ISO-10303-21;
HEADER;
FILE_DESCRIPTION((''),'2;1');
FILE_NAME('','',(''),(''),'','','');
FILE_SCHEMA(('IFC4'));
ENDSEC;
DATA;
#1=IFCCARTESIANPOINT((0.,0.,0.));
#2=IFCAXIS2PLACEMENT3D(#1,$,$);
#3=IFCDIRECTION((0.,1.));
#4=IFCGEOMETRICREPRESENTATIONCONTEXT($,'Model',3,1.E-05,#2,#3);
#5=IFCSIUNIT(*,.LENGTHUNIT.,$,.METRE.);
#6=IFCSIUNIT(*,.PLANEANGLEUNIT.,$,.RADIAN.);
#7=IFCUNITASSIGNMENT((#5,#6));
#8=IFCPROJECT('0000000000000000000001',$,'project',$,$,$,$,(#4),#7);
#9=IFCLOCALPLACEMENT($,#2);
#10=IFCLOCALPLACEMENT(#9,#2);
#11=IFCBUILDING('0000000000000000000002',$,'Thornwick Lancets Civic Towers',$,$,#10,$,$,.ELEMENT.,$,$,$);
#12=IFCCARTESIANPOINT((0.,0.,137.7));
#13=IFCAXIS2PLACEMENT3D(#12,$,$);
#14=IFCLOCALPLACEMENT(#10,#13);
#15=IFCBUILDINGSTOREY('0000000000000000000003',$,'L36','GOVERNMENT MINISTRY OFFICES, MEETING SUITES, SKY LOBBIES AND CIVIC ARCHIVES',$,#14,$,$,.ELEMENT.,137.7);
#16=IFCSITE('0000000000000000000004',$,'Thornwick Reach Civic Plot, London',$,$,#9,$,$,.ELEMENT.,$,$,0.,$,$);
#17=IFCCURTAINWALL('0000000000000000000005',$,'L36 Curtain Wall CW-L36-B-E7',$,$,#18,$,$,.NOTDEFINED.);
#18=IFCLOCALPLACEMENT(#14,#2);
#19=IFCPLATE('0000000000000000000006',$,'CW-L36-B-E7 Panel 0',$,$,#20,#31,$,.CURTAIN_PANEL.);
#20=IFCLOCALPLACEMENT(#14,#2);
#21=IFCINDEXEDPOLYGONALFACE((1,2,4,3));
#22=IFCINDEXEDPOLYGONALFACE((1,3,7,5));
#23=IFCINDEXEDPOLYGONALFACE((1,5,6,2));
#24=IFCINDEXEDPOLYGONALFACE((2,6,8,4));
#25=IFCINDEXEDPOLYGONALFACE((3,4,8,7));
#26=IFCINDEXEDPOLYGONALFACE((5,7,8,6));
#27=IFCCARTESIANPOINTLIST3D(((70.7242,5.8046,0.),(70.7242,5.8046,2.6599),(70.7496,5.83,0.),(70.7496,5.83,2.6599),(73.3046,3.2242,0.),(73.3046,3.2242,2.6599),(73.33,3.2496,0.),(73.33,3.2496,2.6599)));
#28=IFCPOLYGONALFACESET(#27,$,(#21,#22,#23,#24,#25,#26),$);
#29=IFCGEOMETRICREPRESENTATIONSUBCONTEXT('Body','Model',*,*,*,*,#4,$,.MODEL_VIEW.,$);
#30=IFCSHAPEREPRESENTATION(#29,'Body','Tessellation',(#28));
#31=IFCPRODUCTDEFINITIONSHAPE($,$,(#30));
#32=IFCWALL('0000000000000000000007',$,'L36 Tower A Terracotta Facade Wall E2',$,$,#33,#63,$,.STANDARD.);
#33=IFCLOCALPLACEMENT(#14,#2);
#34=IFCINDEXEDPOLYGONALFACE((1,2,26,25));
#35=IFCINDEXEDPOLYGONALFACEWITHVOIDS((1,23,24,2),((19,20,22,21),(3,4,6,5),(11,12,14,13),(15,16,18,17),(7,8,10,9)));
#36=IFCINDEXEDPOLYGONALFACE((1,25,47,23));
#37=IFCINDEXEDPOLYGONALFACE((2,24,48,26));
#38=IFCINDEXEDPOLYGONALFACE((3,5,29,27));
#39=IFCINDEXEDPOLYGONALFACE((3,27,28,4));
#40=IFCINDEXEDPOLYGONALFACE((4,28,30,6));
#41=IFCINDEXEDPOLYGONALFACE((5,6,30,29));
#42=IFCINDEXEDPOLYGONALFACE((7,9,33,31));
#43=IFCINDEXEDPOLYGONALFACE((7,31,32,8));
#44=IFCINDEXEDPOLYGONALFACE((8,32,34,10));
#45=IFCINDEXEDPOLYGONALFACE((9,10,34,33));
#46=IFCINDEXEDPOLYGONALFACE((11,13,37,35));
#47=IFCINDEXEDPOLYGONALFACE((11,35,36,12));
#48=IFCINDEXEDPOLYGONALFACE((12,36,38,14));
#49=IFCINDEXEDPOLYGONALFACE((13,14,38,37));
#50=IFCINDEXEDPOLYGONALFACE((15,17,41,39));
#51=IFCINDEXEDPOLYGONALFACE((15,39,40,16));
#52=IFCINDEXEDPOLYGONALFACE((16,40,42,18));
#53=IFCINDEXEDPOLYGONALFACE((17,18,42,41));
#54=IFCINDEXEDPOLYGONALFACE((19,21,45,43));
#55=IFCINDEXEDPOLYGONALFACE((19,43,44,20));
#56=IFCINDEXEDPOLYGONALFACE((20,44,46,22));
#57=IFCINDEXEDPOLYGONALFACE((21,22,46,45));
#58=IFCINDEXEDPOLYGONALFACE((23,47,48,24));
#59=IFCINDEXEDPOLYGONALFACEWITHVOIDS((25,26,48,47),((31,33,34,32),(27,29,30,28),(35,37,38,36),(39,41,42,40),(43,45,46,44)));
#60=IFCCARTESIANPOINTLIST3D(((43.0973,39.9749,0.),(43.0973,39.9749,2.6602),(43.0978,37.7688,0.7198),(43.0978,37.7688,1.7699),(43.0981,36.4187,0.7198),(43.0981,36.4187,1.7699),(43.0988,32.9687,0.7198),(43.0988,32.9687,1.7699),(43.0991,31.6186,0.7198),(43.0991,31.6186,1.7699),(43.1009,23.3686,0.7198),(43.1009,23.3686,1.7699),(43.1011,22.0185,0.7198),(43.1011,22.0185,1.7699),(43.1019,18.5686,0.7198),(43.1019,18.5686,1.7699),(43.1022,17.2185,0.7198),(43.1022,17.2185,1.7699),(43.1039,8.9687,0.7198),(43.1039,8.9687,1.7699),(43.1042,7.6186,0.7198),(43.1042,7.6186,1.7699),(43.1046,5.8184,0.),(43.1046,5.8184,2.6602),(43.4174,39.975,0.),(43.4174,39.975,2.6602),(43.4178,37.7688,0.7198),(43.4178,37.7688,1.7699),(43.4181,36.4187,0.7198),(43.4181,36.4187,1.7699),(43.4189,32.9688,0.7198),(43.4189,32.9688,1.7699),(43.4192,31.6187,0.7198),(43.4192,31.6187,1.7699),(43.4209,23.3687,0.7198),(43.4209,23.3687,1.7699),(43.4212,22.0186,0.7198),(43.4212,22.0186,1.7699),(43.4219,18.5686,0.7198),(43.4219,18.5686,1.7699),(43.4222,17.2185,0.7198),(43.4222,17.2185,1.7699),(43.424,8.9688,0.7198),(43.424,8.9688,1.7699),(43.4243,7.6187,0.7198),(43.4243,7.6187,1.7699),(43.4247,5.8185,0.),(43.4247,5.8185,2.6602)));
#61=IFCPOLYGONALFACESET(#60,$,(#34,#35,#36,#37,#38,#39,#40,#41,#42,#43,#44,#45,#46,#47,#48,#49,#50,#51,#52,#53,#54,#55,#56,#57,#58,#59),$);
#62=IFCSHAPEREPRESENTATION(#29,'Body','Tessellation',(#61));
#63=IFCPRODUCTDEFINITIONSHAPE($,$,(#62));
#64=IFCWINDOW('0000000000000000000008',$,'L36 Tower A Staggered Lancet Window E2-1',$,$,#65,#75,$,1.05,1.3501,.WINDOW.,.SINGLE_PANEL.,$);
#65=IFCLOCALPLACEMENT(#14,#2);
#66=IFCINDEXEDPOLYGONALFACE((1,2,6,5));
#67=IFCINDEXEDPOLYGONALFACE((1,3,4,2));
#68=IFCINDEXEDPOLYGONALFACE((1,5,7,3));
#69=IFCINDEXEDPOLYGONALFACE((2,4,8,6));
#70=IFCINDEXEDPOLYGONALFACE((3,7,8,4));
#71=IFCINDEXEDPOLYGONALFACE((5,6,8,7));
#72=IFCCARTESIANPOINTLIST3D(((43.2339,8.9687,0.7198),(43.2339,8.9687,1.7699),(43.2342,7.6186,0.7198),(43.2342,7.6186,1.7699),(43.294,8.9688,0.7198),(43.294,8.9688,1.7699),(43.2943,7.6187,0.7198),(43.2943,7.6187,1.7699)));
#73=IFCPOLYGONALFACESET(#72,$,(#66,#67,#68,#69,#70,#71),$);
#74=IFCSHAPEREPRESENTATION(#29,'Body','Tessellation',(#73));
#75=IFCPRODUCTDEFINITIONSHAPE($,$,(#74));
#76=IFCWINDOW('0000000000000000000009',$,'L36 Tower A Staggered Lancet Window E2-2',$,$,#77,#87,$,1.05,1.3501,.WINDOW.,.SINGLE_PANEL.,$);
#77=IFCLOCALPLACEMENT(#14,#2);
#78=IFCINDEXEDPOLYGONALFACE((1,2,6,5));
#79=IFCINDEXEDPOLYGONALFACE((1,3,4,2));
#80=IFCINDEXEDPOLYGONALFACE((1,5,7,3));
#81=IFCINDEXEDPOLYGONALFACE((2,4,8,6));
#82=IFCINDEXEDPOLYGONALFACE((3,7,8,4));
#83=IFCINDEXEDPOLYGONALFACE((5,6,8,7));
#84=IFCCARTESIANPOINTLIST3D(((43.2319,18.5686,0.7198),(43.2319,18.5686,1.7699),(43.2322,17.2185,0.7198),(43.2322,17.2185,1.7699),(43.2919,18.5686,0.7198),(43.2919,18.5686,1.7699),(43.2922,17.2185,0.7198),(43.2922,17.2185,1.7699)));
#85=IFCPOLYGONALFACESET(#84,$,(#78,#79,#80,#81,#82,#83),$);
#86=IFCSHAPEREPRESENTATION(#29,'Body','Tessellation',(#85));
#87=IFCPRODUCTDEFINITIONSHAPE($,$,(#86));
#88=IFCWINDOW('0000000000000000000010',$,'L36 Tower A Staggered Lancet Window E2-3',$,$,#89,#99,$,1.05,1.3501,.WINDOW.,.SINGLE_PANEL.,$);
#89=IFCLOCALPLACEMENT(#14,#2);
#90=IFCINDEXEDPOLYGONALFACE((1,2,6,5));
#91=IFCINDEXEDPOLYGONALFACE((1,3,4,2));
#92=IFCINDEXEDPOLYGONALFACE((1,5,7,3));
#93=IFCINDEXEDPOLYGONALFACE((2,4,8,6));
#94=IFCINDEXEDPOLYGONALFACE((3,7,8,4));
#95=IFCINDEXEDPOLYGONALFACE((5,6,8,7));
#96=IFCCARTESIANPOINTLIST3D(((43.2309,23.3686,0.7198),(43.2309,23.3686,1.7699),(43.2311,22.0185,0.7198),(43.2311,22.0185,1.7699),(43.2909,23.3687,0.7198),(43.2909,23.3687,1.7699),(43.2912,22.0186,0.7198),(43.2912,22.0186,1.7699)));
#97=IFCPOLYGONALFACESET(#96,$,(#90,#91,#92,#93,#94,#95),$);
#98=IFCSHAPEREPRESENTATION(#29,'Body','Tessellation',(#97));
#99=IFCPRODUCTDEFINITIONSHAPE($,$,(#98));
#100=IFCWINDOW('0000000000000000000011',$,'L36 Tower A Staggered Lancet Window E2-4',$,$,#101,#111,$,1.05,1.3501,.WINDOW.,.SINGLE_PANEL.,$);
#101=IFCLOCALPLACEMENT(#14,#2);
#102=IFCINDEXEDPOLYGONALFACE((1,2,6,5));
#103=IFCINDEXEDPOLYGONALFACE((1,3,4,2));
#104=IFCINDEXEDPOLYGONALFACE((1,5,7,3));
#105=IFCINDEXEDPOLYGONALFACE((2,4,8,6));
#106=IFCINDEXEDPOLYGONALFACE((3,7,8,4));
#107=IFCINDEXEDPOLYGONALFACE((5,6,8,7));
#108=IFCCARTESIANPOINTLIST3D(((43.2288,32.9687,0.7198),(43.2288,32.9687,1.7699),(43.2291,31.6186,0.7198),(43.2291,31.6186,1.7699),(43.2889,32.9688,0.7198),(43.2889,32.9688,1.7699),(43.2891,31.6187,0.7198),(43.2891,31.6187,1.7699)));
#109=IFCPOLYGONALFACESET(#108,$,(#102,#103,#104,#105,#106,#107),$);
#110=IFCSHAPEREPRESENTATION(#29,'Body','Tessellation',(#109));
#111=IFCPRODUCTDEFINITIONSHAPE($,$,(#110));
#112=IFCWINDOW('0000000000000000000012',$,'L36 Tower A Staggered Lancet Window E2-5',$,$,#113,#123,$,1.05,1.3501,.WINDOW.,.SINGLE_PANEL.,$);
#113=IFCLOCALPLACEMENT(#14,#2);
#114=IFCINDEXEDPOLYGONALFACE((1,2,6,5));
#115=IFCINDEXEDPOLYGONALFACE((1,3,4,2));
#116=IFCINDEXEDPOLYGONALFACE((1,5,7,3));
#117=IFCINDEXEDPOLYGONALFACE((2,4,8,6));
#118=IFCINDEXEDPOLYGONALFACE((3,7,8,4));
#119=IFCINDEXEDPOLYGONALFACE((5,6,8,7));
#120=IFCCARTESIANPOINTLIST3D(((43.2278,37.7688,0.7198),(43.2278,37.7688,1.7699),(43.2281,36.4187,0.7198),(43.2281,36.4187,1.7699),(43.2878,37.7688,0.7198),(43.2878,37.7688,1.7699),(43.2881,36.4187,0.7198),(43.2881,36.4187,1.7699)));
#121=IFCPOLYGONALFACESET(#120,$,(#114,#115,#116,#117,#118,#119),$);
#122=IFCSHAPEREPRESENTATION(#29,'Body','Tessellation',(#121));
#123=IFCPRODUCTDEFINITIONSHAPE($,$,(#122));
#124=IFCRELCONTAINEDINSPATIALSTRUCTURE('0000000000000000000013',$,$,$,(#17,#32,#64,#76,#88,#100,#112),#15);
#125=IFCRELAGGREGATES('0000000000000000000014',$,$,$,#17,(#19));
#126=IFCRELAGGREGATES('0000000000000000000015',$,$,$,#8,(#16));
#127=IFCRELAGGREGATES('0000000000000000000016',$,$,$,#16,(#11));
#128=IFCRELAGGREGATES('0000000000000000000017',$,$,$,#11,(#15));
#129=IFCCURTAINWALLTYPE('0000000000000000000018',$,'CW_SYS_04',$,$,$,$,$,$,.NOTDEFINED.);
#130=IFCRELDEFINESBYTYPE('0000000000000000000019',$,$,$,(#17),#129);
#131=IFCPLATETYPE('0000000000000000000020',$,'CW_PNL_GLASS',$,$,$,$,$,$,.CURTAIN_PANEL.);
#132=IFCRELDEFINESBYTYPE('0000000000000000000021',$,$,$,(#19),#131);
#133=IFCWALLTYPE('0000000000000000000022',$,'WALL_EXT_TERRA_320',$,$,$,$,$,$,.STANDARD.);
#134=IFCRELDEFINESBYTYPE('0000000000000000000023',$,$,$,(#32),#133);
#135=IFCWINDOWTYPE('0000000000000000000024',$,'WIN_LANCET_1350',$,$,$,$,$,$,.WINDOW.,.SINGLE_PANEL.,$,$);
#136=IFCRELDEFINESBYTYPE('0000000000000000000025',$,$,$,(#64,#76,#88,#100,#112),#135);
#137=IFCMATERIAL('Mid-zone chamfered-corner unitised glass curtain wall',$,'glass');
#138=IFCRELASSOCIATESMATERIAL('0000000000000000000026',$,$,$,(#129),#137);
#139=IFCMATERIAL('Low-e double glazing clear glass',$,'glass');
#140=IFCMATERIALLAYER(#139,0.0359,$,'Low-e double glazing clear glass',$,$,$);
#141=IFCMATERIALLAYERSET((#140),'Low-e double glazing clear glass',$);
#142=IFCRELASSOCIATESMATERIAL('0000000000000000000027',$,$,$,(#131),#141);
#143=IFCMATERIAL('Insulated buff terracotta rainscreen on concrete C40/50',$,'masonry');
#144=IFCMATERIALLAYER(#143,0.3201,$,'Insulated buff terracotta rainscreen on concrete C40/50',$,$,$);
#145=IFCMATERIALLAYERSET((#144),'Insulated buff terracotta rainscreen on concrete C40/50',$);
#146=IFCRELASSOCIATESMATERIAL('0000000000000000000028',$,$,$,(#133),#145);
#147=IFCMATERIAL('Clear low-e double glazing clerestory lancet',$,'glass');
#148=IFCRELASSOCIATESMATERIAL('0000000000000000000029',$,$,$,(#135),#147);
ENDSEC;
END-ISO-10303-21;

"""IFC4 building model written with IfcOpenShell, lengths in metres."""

from ifc_helpers import new_model, si_unit, direction, frame, frame_2d, origin, origin_2d, place, context, subcontext, project, spatial, rectangle, extrude, material, layer, layer_set, type_object, element, fill, aggregate, save


model = new_model("IFC4")

# Units and contexts
model_context = context("Model", 3, precision=1e-05, world=origin(), true_north=direction((0.0, 1.0)))
body_context = subcontext(model_context, "Body", "Model", "MODEL_VIEW")
ifc_project = project(units=[si_unit("LENGTHUNIT", "METRE"), si_unit("PLANEANGLEUNIT", "RADIAN")], contexts=[model_context])

# Site, building, storey
site_placement = place(None, origin())
site = spatial("IfcSite", under=ifc_project, at=site_placement, Name="Thornwick Reach Civic Plot, London", CompositionType="ELEMENT", RefElevation=0.0)
building_placement = place(site_placement, origin())
building = spatial("IfcBuilding", under=site, at=building_placement, Name="Thornwick Lancets Civic Towers", CompositionType="ELEMENT")
storey_placement = place(building_placement, frame((0.0, 0.0, 137.7)))
storey = spatial("IfcBuildingStorey", under=building, at=storey_placement, Name="L36", Description="GOVERNMENT MINISTRY OFFICES, MEETING SUITES, SKY LOBBIES AND CIVIC ARCHIVES", CompositionType="ELEMENT", Elevation=137.7)

# Shared definitions
ifc_material_1 = material(Name="Mid-zone chamfered-corner unitised glass curtain wall", Category="glass")
curtain_wall_type = type_object("IfcCurtainWallType", Name="CW_SYS_04", PredefinedType="NOTDEFINED", material=ifc_material_1)

# Curtain wall, plate
curtain_wall_1_placement = place(storey_placement, origin())
curtain_wall_1 = element("IfcCurtainWall", 1, at=curtain_wall_1_placement, inside=storey, type_object=curtain_wall_type, Name="L36 Curtain Wall CW-L36-B-E7", PredefinedType="NOTDEFINED")
ifc_material_2 = material(Name="Low-e double glazing clear glass", Category="glass")
ifc_layer_1 = layer(ifc_material_2, 0.0359, Name="Low-e double glazing clear glass")
ifc_layer_set_1 = layer_set([ifc_layer_1], Name="Low-e double glazing clear glass")
plate_type = type_object("IfcPlateType", Name="CW_PNL_GLASS", PredefinedType="CURTAIN_PANEL", material=ifc_layer_set_1)
plate_placement = place(storey_placement, frame((72.0271, 4.5271, 0.0), z_axis=(0.0, 0.0, 1.0), x_axis=(0.707107, -0.707107, 0.0)))
plate = element("IfcPlate", 2, at=plate_placement, type_object=plate_type, Name="CW-L36-B-E7 Panel 0", PredefinedType="CURTAIN_PANEL", context=body_context, shape_type="SweptSolid", body=[
    extrude(rectangle(XDim=3.6492, YDim=0.0359, at=origin_2d()), origin(), (0.0, 0.0, 1.0), 2.6599),
])
aggregate(curtain_wall_1, [plate])

# Wall, openings, windows
ifc_material_3 = material(Name="Insulated buff terracotta rainscreen on concrete C40/50", Category="masonry")
ifc_layer_2 = layer(ifc_material_3, 0.3201, Name="Insulated buff terracotta rainscreen on concrete C40/50")
ifc_layer_set_2 = layer_set([ifc_layer_2], Name="Insulated buff terracotta rainscreen on concrete C40/50")
wall_type_1 = type_object("IfcWallType", Name="WALL_EXT_TERRA_320", PredefinedType="STANDARD", material=ifc_layer_set_2)
wall_1_placement = place(storey_placement, frame((43.2646, 5.8186, 0.0), z_axis=(0.0, 0.0, 1.0), x_axis=(-0.000214, 1.0, 0.0)))
wall_1 = element("IfcWall", 3, at=wall_1_placement, inside=storey, type_object=wall_type_1, Name="L36 Tower A Terracotta Facade Wall E2", PredefinedType="STANDARD", context=body_context, shape_type="SweptSolid", body=[
    extrude(rectangle(XDim=34.1565, YDim=0.3201, at=frame_2d((17.0781, 0.0))), origin(), (0.0, 0.0, 1.0), 2.6602),
])
opening_1_placement = place(wall_1_placement, frame((1.8, 0.0, 0.72)))
opening_1 = element("IfcOpeningElement", 4, at=opening_1_placement, cuts=wall_1, PredefinedType="OPENING", context=body_context, shape_type="SweptSolid", body=[
    extrude(rectangle(XDim=1.3501, YDim=1.05, at=frame_2d((0.675, 0.5249))), frame((0.0, 0.1699, 0.0), z_axis=(0.0, -1.0, 0.0), x_axis=(1.0, 0.0, 0.0)), (0.0, 0.0, 1.0), 0.3401),
])
opening_2_placement = place(wall_1_placement, frame((11.3999, 0.0, 0.72)))
opening_2 = element("IfcOpeningElement", 5, at=opening_2_placement, cuts=wall_1, PredefinedType="OPENING", context=body_context, shape_type="SweptSolid", body=[
    extrude(rectangle(XDim=1.3501, YDim=1.05, at=frame_2d((0.675, 0.5249))), frame((0.0, 0.1699, 0.0), z_axis=(0.0, -1.0, 0.0), x_axis=(1.0, 0.0, 0.0)), (0.0, 0.0, 1.0), 0.3401),
])
opening_3_placement = place(wall_1_placement, frame((16.2, 0.0, 0.72)))
opening_3 = element("IfcOpeningElement", 6, at=opening_3_placement, cuts=wall_1, PredefinedType="OPENING", context=body_context, shape_type="SweptSolid", body=[
    extrude(rectangle(XDim=1.3501, YDim=1.05, at=frame_2d((0.675, 0.5249))), frame((0.0, 0.1699, 0.0), z_axis=(0.0, -1.0, 0.0), x_axis=(1.0, 0.0, 0.0)), (0.0, 0.0, 1.0), 0.3401),
])
opening_4_placement = place(wall_1_placement, frame((25.8, 0.0, 0.72)))
opening_4 = element("IfcOpeningElement", 7, at=opening_4_placement, cuts=wall_1, PredefinedType="OPENING", context=body_context, shape_type="SweptSolid", body=[
    extrude(rectangle(XDim=1.3501, YDim=1.05, at=frame_2d((0.675, 0.5249))), frame((0.0, 0.1699, 0.0), z_axis=(0.0, -1.0, 0.0), x_axis=(1.0, 0.0, 0.0)), (0.0, 0.0, 1.0), 0.3401),
])
opening_5_placement = place(wall_1_placement, frame((30.6001, 0.0, 0.72)))
opening_5 = element("IfcOpeningElement", 8, at=opening_5_placement, cuts=wall_1, PredefinedType="OPENING", context=body_context, shape_type="SweptSolid", body=[
    extrude(rectangle(XDim=1.3501, YDim=1.05, at=frame_2d((0.675, 0.5249))), frame((0.0, 0.1699, 0.0), z_axis=(0.0, -1.0, 0.0), x_axis=(1.0, 0.0, 0.0)), (0.0, 0.0, 1.0), 0.3401),
])
ifc_material_4 = material(Name="Clear low-e double glazing clerestory lancet", Category="glass")
window_type = type_object("IfcWindowType", Name="WIN_LANCET_1350", PartitioningType="SINGLE_PANEL", PredefinedType="WINDOW", material=ifc_material_4)
window_1_placement = place(opening_1_placement, origin())
window_1 = element("IfcWindow", 9, at=window_1_placement, inside=storey, type_object=window_type, Name="L36 Tower A Staggered Lancet Window E2-1", OverallHeight=1.05, OverallWidth=1.3501, PartitioningType="SINGLE_PANEL", PredefinedType="WINDOW", context=body_context, shape_type="SweptSolid", body=[
    extrude(rectangle(XDim=1.3501, YDim=1.05, at=frame_2d((0.675, 0.5249))), frame((0.0, 0.03, 0.0), z_axis=(0.0, -1.0, 0.0), x_axis=(1.0, 0.0, 0.0)), (0.0, 0.0, 1.0), 0.0601),
])
fill(opening_1, window_1)
window_2_placement = place(opening_2_placement, origin())
window_2 = element("IfcWindow", 10, at=window_2_placement, inside=storey, type_object=window_type, Name="L36 Tower A Staggered Lancet Window E2-2", OverallHeight=1.05, OverallWidth=1.3501, PartitioningType="SINGLE_PANEL", PredefinedType="WINDOW", context=body_context, shape_type="SweptSolid", body=[
    extrude(rectangle(XDim=1.3501, YDim=1.05, at=frame_2d((0.675, 0.5249))), frame((0.0, 0.03, 0.0), z_axis=(0.0, -1.0, 0.0), x_axis=(1.0, 0.0, 0.0)), (0.0, 0.0, 1.0), 0.0601),
])
fill(opening_2, window_2)
window_3_placement = place(opening_3_placement, origin())
window_3 = element("IfcWindow", 11, at=window_3_placement, inside=storey, type_object=window_type, Name="L36 Tower A Staggered Lancet Window E2-3", OverallHeight=1.05, OverallWidth=1.3501, PartitioningType="SINGLE_PANEL", PredefinedType="WINDOW", context=body_context, shape_type="SweptSolid", body=[
    extrude(rectangle(XDim=1.3501, YDim=1.05, at=frame_2d((0.675, 0.5249))), frame((0.0, 0.03, 0.0), z_axis=(0.0, -1.0, 0.0), x_axis=(1.0, 0.0, 0.0)), (0.0, 0.0, 1.0), 0.0601),
])
fill(opening_3, window_3)
window_4_placement = place(opening_4_placement, origin())
window_4 = element("IfcWindow", 12, at=window_4_placement, inside=storey, type_object=window_type, Name="L36 Tower A Staggered Lancet Window E2-4", OverallHeight=1.05, OverallWidth=1.3501, PartitioningType="SINGLE_PANEL", PredefinedType="WINDOW", context=body_context, shape_type="SweptSolid", body=[
    extrude(rectangle(XDim=1.3501, YDim=1.05, at=frame_2d((0.675, 0.5249))), frame((0.0, 0.03, 0.0), z_axis=(0.0, -1.0, 0.0), x_axis=(1.0, 0.0, 0.0)), (0.0, 0.0, 1.0), 0.0601),
])
fill(opening_4, window_4)
window_5_placement = place(opening_5_placement, origin())
window_5 = element("IfcWindow", 13, at=window_5_placement, inside=storey, type_object=window_type, Name="L36 Tower A Staggered Lancet Window E2-5", OverallHeight=1.05, OverallWidth=1.3501, PartitioningType="SINGLE_PANEL", PredefinedType="WINDOW", context=body_context, shape_type="SweptSolid", body=[
    extrude(rectangle(XDim=1.3501, YDim=1.05, at=frame_2d((0.675, 0.5249))), frame((0.0, 0.03, 0.0), z_axis=(0.0, -1.0, 0.0), x_axis=(1.0, 0.0, 0.0)), (0.0, 0.0, 1.0), 0.0601),
])
fill(opening_5, window_5)

save(model, "model.ifc")
